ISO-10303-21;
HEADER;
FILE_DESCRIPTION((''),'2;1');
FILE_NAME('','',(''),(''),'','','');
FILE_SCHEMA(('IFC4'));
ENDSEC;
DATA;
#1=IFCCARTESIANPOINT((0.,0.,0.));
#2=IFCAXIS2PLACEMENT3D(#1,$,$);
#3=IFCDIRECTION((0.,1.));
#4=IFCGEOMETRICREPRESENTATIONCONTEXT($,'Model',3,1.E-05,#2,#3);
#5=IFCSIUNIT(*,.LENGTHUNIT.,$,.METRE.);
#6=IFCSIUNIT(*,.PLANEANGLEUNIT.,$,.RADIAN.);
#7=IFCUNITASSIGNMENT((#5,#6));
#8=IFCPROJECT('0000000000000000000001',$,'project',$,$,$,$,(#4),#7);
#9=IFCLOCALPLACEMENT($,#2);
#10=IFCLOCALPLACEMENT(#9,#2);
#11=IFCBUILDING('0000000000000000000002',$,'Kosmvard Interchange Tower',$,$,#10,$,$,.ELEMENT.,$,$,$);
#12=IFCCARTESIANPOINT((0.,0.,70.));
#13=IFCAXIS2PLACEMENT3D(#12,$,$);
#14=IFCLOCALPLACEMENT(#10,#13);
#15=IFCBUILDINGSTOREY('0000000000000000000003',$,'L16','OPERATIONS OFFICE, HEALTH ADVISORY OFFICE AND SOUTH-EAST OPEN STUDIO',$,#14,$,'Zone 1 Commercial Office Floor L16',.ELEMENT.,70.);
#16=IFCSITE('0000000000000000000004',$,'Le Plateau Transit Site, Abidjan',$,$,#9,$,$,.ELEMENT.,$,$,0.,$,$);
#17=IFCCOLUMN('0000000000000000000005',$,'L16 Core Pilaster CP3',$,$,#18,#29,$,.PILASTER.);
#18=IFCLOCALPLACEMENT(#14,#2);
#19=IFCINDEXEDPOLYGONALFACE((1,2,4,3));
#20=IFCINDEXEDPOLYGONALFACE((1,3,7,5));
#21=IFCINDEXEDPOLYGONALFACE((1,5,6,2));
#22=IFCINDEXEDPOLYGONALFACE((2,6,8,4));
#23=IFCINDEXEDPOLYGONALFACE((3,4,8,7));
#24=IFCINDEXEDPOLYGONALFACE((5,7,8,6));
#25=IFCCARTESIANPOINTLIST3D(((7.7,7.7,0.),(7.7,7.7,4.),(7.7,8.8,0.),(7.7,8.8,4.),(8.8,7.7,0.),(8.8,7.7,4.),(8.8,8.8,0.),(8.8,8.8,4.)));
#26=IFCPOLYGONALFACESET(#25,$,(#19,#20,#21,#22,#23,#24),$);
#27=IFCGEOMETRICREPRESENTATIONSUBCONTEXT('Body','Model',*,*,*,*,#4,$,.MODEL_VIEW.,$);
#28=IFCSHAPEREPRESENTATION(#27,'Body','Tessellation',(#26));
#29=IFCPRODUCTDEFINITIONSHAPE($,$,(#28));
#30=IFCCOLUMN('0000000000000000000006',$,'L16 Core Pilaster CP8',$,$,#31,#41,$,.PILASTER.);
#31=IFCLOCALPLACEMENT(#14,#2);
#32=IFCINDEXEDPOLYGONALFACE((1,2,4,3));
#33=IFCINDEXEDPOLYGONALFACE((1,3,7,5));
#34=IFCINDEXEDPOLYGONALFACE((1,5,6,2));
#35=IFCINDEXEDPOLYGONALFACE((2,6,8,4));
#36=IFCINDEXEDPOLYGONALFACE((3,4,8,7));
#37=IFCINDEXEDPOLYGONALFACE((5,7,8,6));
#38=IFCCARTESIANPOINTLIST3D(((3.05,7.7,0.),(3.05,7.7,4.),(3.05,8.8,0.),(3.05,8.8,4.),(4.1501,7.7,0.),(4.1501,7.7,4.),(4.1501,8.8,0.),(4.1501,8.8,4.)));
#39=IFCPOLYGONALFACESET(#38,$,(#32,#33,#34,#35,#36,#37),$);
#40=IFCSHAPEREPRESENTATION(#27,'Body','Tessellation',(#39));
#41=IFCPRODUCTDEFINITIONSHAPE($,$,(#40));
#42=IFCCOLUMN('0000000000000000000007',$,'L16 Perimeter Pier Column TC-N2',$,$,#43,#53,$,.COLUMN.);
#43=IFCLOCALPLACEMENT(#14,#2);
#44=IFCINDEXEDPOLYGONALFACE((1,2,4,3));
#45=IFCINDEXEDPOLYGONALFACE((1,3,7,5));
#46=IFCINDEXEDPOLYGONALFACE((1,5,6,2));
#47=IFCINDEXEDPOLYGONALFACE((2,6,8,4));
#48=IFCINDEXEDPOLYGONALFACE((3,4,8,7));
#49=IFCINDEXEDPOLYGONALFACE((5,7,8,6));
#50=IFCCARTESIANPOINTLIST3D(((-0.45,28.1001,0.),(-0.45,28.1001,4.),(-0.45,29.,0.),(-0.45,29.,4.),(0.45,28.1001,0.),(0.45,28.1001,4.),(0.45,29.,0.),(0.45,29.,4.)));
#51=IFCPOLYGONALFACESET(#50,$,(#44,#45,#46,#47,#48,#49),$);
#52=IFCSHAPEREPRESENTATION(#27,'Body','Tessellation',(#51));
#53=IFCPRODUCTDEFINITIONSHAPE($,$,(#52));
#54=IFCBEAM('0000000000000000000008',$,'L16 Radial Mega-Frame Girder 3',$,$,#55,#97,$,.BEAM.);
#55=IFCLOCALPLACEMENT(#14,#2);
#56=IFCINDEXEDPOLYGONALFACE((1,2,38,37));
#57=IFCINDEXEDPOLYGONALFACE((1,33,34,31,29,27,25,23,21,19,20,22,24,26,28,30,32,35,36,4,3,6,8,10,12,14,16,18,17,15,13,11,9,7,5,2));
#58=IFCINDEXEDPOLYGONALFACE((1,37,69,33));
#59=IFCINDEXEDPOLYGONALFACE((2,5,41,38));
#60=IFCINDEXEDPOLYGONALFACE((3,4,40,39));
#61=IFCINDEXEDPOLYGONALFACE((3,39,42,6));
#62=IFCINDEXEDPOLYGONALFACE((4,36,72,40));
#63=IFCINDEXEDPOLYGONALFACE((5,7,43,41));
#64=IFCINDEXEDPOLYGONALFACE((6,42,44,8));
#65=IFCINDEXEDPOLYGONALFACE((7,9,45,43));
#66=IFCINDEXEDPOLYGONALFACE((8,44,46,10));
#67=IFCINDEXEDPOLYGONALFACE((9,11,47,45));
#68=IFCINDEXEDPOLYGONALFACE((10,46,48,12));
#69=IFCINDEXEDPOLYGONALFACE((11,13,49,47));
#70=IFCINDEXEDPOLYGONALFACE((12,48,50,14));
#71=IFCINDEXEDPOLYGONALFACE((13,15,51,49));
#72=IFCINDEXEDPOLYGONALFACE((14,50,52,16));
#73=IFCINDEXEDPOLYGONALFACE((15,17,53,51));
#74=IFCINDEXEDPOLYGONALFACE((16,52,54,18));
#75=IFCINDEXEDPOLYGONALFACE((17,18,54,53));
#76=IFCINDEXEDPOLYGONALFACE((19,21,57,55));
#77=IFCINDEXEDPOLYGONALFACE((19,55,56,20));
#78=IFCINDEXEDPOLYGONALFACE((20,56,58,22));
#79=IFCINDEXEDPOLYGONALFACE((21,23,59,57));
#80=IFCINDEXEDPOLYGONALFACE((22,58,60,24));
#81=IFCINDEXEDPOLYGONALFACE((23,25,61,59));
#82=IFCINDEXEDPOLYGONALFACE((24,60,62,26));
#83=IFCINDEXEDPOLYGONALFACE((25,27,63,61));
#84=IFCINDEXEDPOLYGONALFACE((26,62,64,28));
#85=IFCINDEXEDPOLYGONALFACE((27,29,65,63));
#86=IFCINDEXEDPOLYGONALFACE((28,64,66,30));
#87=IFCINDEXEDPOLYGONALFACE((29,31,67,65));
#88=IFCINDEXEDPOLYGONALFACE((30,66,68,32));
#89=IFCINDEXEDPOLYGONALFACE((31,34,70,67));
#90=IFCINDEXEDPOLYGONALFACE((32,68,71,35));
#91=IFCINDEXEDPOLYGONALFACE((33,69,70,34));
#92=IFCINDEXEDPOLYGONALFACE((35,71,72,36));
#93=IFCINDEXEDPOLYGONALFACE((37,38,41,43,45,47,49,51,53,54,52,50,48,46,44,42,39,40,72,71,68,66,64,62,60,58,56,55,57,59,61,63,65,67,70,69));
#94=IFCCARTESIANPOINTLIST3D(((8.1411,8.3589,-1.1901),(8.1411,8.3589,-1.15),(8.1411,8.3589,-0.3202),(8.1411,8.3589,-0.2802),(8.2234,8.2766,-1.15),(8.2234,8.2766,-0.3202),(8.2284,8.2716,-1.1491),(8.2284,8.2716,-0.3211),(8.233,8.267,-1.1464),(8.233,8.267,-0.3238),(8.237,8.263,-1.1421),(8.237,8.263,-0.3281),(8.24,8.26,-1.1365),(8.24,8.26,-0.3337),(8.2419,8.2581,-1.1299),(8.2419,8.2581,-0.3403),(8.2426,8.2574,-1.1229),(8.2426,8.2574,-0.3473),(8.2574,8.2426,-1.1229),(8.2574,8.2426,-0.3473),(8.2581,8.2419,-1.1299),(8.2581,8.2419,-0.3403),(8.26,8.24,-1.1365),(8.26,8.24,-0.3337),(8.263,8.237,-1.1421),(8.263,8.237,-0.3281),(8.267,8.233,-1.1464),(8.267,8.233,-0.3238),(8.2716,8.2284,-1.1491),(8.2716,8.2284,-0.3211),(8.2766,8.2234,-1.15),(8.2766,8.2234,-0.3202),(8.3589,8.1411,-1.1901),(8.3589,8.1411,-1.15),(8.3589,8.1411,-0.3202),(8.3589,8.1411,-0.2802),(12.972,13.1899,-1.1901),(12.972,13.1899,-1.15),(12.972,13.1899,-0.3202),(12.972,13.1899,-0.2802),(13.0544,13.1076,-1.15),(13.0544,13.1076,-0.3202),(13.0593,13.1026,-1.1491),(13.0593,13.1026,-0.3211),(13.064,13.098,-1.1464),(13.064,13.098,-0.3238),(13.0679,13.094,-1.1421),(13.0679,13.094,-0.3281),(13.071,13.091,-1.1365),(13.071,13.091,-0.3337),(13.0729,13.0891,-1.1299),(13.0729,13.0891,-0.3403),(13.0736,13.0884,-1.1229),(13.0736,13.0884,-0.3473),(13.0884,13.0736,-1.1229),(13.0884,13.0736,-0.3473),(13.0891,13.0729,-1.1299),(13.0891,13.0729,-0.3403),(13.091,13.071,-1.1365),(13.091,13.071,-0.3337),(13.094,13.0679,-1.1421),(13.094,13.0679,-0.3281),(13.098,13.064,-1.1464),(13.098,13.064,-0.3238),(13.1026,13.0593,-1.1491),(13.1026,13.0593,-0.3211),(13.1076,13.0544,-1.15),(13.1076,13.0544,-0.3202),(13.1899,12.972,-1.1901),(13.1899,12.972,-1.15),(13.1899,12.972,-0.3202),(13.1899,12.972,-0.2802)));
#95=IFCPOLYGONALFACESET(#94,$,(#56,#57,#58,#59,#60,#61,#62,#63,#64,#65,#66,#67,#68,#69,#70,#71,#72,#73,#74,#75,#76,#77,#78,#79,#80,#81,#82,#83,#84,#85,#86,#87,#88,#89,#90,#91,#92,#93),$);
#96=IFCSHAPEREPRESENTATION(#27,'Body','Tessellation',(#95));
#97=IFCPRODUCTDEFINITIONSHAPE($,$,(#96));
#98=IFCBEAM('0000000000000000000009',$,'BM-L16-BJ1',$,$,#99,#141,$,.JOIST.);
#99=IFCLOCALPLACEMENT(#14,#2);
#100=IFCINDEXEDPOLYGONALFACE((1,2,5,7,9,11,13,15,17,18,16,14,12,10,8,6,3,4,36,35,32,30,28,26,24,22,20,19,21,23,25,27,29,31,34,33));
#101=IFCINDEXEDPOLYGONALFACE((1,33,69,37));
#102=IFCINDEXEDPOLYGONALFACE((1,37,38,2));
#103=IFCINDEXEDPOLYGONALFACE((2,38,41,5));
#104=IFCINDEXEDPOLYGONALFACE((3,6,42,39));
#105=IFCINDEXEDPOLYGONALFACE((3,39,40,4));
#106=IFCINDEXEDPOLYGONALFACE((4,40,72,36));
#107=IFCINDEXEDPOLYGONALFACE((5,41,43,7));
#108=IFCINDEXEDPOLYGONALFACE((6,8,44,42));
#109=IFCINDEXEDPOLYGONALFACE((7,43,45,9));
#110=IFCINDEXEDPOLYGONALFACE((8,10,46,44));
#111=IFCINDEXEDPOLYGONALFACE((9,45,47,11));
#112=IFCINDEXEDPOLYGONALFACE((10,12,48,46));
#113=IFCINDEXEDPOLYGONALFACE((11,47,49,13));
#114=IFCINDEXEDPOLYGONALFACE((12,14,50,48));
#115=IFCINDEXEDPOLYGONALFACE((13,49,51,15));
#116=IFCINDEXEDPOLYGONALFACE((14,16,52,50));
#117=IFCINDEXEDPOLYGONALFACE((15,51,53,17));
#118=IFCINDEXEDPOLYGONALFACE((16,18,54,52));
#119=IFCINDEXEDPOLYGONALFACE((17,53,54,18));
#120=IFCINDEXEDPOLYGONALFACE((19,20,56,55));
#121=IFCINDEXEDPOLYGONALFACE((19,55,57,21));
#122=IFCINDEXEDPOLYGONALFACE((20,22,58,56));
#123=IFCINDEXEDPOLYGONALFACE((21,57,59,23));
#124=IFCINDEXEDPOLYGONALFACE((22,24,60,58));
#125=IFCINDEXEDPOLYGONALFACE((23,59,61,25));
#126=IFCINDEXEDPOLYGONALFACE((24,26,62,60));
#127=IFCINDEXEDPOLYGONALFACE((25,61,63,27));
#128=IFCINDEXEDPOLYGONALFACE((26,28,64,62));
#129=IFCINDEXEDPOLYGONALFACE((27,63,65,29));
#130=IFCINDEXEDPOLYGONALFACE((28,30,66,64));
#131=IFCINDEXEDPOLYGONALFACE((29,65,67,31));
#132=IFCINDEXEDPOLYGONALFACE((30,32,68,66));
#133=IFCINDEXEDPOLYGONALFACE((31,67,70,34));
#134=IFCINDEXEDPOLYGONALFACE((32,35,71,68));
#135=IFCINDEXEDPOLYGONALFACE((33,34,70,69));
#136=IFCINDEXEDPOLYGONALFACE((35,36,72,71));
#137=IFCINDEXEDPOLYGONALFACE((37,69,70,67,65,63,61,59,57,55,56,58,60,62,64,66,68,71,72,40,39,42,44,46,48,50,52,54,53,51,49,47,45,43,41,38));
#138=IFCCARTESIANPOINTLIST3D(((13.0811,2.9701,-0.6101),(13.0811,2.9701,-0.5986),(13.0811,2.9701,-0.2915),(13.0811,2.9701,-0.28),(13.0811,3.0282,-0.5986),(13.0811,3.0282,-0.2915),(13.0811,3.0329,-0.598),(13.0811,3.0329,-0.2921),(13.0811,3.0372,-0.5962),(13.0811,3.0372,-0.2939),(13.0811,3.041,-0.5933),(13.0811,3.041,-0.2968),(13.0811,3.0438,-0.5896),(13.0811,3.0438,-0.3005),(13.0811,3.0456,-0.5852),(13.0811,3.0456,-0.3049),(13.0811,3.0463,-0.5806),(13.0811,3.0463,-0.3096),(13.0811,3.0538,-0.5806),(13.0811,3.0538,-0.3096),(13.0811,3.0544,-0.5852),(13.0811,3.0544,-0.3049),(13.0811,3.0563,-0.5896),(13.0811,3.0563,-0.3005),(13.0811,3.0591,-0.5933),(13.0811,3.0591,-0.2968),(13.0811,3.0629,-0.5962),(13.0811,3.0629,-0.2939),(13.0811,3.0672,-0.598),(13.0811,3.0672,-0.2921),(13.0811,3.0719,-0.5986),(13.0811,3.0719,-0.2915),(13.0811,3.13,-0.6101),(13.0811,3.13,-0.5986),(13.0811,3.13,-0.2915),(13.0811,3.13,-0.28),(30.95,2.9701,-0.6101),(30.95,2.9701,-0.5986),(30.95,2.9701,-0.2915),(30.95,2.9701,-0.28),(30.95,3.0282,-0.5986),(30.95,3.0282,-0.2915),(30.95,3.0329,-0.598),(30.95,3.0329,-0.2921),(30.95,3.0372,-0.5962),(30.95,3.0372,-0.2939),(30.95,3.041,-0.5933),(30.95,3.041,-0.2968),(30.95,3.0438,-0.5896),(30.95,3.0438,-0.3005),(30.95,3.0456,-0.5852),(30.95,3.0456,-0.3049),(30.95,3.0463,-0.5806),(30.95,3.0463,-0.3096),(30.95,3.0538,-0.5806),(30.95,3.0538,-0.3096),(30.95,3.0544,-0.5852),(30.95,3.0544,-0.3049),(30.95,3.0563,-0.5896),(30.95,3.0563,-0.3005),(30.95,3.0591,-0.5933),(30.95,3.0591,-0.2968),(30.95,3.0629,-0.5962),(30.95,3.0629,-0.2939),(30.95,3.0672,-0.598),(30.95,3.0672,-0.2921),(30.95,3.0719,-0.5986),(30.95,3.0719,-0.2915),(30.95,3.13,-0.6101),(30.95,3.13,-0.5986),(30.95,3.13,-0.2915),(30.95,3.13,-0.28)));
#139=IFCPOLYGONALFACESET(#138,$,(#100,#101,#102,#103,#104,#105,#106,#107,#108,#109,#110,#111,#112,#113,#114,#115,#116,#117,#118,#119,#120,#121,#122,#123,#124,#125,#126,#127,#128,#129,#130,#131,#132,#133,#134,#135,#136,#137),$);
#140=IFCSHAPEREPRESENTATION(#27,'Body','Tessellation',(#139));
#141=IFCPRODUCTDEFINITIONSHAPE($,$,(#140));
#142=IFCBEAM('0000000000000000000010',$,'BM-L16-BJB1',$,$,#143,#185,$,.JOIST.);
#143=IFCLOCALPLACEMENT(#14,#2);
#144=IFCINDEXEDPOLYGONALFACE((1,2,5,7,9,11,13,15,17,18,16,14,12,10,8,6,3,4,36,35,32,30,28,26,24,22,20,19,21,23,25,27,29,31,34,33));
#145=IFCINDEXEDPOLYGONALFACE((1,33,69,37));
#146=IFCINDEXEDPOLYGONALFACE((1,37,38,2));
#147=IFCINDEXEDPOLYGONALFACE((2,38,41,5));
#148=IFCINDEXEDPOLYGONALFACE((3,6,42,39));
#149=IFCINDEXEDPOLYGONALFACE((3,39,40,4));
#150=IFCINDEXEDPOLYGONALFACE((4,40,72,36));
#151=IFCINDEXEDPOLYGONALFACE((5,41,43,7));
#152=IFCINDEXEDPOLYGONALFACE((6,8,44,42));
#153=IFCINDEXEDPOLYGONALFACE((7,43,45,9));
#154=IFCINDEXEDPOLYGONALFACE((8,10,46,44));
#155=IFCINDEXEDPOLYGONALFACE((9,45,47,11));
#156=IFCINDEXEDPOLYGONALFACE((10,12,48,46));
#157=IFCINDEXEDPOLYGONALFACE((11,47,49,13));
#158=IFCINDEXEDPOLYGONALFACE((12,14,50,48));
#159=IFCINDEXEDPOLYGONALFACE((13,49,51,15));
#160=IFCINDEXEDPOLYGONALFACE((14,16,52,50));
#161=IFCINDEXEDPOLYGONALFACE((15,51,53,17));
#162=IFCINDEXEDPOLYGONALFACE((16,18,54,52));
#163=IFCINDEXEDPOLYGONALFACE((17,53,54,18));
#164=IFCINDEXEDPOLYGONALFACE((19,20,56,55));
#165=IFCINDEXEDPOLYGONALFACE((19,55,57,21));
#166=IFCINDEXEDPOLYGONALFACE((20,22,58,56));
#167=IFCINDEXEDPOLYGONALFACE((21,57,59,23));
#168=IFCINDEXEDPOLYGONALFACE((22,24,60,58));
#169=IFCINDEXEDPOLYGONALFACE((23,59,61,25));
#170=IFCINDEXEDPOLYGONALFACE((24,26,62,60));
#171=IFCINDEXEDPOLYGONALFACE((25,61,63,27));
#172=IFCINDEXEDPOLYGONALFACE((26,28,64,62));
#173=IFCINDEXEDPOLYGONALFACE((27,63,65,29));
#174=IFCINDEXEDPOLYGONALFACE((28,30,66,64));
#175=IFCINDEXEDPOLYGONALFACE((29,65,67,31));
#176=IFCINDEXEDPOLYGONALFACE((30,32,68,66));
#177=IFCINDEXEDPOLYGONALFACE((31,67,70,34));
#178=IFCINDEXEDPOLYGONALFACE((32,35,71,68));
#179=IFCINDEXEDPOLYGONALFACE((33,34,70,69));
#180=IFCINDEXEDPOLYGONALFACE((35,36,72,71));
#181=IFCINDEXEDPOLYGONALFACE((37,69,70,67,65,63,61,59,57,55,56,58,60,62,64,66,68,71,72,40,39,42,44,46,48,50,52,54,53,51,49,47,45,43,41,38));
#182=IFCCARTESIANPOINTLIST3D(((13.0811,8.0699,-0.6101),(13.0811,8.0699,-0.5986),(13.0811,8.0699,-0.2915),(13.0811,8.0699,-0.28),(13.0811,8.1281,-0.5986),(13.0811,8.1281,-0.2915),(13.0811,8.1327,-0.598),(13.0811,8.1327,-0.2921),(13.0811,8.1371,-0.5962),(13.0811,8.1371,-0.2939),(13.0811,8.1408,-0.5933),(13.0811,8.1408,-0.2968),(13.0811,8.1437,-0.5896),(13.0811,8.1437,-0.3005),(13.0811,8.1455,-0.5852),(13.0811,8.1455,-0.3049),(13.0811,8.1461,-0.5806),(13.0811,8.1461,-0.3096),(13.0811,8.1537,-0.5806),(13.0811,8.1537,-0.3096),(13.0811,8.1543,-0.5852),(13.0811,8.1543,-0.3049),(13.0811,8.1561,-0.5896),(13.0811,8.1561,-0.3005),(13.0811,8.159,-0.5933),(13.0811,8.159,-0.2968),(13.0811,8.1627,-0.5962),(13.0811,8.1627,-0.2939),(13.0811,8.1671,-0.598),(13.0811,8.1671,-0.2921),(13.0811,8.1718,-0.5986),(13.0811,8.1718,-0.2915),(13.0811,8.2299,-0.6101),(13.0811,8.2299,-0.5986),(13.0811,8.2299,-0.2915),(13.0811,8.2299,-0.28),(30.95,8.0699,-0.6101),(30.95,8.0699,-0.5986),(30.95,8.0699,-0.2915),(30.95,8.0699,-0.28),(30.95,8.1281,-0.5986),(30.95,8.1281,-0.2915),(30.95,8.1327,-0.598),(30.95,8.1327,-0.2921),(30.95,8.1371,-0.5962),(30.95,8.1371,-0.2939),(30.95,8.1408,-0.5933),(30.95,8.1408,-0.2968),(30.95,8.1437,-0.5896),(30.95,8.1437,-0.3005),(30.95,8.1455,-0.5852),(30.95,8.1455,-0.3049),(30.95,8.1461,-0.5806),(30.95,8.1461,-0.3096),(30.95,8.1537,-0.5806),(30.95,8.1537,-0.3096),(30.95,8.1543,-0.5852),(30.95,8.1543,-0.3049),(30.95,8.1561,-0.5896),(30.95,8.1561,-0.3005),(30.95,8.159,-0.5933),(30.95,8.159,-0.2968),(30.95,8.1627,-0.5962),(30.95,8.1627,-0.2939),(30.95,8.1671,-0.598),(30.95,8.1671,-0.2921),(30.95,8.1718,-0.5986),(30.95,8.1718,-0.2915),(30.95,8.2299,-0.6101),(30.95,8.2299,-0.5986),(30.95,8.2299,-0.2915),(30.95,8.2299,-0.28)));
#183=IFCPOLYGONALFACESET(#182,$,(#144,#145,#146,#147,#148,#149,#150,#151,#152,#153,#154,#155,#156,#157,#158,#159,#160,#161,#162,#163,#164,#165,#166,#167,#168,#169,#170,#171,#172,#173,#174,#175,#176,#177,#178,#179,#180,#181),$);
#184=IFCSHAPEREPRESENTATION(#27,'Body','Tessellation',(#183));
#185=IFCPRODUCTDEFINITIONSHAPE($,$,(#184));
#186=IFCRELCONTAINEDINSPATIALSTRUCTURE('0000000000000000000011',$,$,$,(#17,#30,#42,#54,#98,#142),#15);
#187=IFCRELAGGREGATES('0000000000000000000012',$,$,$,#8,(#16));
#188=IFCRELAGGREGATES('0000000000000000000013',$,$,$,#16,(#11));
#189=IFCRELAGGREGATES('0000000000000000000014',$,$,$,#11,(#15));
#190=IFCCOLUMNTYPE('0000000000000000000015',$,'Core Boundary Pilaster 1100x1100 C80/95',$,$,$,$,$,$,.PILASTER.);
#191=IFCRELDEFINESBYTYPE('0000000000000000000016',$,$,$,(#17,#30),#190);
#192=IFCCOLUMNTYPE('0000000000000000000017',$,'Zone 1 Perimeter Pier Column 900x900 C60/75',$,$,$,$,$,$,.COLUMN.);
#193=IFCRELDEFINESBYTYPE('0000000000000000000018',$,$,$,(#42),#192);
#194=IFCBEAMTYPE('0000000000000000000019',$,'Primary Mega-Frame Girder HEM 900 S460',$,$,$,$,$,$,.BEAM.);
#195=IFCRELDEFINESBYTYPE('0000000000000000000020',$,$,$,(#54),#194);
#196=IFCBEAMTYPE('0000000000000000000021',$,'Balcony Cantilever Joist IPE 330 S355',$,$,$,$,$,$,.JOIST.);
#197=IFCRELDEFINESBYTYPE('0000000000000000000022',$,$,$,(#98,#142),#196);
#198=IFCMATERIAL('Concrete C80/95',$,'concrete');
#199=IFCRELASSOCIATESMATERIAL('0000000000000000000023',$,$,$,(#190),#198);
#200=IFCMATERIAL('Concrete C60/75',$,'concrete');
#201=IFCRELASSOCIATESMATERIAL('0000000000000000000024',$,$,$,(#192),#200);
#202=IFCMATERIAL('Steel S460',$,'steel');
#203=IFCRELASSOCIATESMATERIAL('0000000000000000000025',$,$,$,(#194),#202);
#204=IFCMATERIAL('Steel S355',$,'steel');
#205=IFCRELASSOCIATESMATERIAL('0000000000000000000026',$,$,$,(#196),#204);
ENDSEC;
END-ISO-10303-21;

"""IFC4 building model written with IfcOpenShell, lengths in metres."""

from ifc_helpers import new_model, si_unit, direction, frame, origin, origin_2d, place, context, subcontext, project, spatial, rectangle, i_section, extrude, source, transform, mapped, material, material_profile, profile_set, type_object, element, save


model = new_model("IFC4")

# Units and contexts
model_context = context("Model", 3, precision=1e-05, world=origin(), true_north=direction((0.0, 1.0)))
body_context = subcontext(model_context, "Body", "Model", "MODEL_VIEW")
ifc_project = project(units=[si_unit("LENGTHUNIT", "METRE"), si_unit("PLANEANGLEUNIT", "RADIAN")], contexts=[model_context])

# Site, building, storey
site_placement = place(None, origin())
site = spatial("IfcSite", under=ifc_project, at=site_placement, Name="Le Plateau Transit Site, Abidjan", CompositionType="ELEMENT", RefElevation=0.0)
building_placement = place(site_placement, origin())
building = spatial("IfcBuilding", under=site, at=building_placement, Name="Kosmvard Interchange Tower", CompositionType="ELEMENT")
storey_placement = place(building_placement, frame((0.0, 0.0, 70.0)))
storey = spatial("IfcBuildingStorey", under=building, at=storey_placement, Name="L16", Description="OPERATIONS OFFICE, HEALTH ADVISORY OFFICE AND SOUTH-EAST OPEN STUDIO", LongName="Zone 1 Commercial Office Floor L16", CompositionType="ELEMENT", Elevation=70.0)

# Columns
ifc_material_1 = material(Name="Concrete C80/95", Category="concrete")
ifc_material_profile_1 = material_profile(ifc_material_1, rectangle(XDim=1.1001, YDim=1.1001, at=origin_2d()), Name="CP 1100x1100")
ifc_profile_set_1 = profile_set([ifc_material_profile_1], Name="Concrete C80/95")
column_type_1 = type_object("IfcColumnType", Name="Core Boundary Pilaster 1100x1100 C80/95", PredefinedType="PILASTER", material=ifc_profile_set_1)
shared_shape_1 = source(origin(), body_context, "Body", "SweptSolid", [
    extrude(rectangle(XDim=1.1001, YDim=1.1001, at=origin_2d()), origin(), (0.0, 0.0, 1.0), 4.0),
])
for number, where, z_axis, x_axis, name in (
    (1, (8.25, 8.25, 0.0), (0.0, 0.0, 1.0), (1.0, 0.0, 0.0), "L16 Core Pilaster CP3"),
    (2, (3.6001, 8.25, 0.0), (0.0, 0.0, 1.0), (1.0, 0.0, 0.0), "L16 Core Pilaster CP8"),
):
    element("IfcColumn", number, at=place(storey_placement, frame(where, z_axis=z_axis, x_axis=x_axis)), inside=storey, type_object=column_type_1, Name=name, PredefinedType="PILASTER", context=body_context, shape_type="MappedRepresentation", body=[
        mapped(shared_shape_1, transform((0.0, 0.0, 0.0), scale=1.0)),
    ])
ifc_material_2 = material(Name="Concrete C60/75", Category="concrete")
ifc_material_profile_2 = material_profile(ifc_material_2, rectangle(XDim=0.8999, YDim=0.8999, at=origin_2d()), Name="TC 900x900")
ifc_profile_set_2 = profile_set([ifc_material_profile_2], Name="Concrete C60/75")
column_type_2 = type_object("IfcColumnType", Name="Zone 1 Perimeter Pier Column 900x900 C60/75", PredefinedType="COLUMN", material=ifc_profile_set_2)
shared_shape_2 = source(origin(), body_context, "Body", "SweptSolid", [
    extrude(rectangle(XDim=0.8999, YDim=0.8999, at=origin_2d()), origin(), (0.0, 0.0, 1.0), 4.0),
])
column_placement = place(storey_placement, frame((0.0, 28.55, 0.0), z_axis=(0.0, 0.0, 1.0), x_axis=(1.0, 0.0, 0.0)))
element("IfcColumn", 3, at=column_placement, inside=storey, type_object=column_type_2, Name="L16 Perimeter Pier Column TC-N2", PredefinedType="COLUMN", context=body_context, shape_type="MappedRepresentation", body=[
    mapped(shared_shape_2, transform((0.0, 0.0, 0.0), scale=1.0)),
])

# Beams
ifc_material_3 = material(Name="Steel S460", Category="steel")
ifc_material_profile_3 = material_profile(ifc_material_3, i_section(OverallWidth=0.3081, OverallDepth=0.9099, WebThickness=0.021, FlangeThickness=0.04, FilletRadius=0.0271, at=origin_2d()), Name="HEM 900")
ifc_profile_set_3 = profile_set([ifc_material_profile_3], Name="Steel S460")
beam_type_1 = type_object("IfcBeamType", Name="Primary Mega-Frame Girder HEM 900 S460", PredefinedType="BEAM", material=ifc_profile_set_3)
shared_shape_3 = source(origin(), body_context, "Body", "SweptSolid", [
    extrude(i_section(OverallWidth=0.3081, OverallDepth=0.9099, WebThickness=0.021, FlangeThickness=0.04, FilletRadius=0.0271, at=origin_2d()), origin(), (0.0, 0.0, 1.0), 6.832),
])
beam_1_placement = place(storey_placement, frame((8.25, 8.25, -0.7351), z_axis=(0.707107, 0.707107, 0.0), x_axis=(-0.707107, 0.707107, 0.0)))
element("IfcBeam", 4, at=beam_1_placement, inside=storey, type_object=beam_type_1, Name="L16 Radial Mega-Frame Girder 3", PredefinedType="BEAM", context=body_context, shape_type="MappedRepresentation", body=[
    mapped(shared_shape_3, transform((0.0, 0.0, 0.0), scale=1.0)),
])
ifc_material_4 = material(Name="Steel S355", Category="steel")
ifc_material_profile_4 = material_profile(ifc_material_4, i_section(OverallWidth=0.1599, OverallDepth=0.3301, WebThickness=0.0076, FlangeThickness=0.0115, FilletRadius=0.0181, at=origin_2d()), Name="IPE 330")
ifc_profile_set_4 = profile_set([ifc_material_profile_4], Name="Steel S355")
beam_type_2 = type_object("IfcBeamType", Name="Balcony Cantilever Joist IPE 330 S355", PredefinedType="JOIST", material=ifc_profile_set_4)
shared_shape_4 = source(origin(), body_context, "Body", "SweptSolid", [
    extrude(i_section(OverallWidth=0.1599, OverallDepth=0.3301, WebThickness=0.0076, FlangeThickness=0.0115, FilletRadius=0.0181, at=origin_2d()), origin(), (0.0, 0.0, 1.0), 17.8689),
])
for number, where, z_axis, x_axis, name in (
    (5, (13.0811, 3.05, -0.4451), (1.0, 0.0, 0.0), (0.0, 1.0, 0.0), "BM-L16-BJ1"),
    (6, (13.0811, 8.1499, -0.4451), (1.0, 0.0, 0.0), (0.0, 1.0, 0.0), "BM-L16-BJB1"),
):
    element("IfcBeam", number, at=place(storey_placement, frame(where, z_axis=z_axis, x_axis=x_axis)), inside=storey, type_object=beam_type_2, Name=name, PredefinedType="JOIST", context=body_context, shape_type="MappedRepresentation", body=[
        mapped(shared_shape_4, transform((0.0, 0.0, 0.0), scale=1.0)),
    ])

save(model, "model.ifc")
